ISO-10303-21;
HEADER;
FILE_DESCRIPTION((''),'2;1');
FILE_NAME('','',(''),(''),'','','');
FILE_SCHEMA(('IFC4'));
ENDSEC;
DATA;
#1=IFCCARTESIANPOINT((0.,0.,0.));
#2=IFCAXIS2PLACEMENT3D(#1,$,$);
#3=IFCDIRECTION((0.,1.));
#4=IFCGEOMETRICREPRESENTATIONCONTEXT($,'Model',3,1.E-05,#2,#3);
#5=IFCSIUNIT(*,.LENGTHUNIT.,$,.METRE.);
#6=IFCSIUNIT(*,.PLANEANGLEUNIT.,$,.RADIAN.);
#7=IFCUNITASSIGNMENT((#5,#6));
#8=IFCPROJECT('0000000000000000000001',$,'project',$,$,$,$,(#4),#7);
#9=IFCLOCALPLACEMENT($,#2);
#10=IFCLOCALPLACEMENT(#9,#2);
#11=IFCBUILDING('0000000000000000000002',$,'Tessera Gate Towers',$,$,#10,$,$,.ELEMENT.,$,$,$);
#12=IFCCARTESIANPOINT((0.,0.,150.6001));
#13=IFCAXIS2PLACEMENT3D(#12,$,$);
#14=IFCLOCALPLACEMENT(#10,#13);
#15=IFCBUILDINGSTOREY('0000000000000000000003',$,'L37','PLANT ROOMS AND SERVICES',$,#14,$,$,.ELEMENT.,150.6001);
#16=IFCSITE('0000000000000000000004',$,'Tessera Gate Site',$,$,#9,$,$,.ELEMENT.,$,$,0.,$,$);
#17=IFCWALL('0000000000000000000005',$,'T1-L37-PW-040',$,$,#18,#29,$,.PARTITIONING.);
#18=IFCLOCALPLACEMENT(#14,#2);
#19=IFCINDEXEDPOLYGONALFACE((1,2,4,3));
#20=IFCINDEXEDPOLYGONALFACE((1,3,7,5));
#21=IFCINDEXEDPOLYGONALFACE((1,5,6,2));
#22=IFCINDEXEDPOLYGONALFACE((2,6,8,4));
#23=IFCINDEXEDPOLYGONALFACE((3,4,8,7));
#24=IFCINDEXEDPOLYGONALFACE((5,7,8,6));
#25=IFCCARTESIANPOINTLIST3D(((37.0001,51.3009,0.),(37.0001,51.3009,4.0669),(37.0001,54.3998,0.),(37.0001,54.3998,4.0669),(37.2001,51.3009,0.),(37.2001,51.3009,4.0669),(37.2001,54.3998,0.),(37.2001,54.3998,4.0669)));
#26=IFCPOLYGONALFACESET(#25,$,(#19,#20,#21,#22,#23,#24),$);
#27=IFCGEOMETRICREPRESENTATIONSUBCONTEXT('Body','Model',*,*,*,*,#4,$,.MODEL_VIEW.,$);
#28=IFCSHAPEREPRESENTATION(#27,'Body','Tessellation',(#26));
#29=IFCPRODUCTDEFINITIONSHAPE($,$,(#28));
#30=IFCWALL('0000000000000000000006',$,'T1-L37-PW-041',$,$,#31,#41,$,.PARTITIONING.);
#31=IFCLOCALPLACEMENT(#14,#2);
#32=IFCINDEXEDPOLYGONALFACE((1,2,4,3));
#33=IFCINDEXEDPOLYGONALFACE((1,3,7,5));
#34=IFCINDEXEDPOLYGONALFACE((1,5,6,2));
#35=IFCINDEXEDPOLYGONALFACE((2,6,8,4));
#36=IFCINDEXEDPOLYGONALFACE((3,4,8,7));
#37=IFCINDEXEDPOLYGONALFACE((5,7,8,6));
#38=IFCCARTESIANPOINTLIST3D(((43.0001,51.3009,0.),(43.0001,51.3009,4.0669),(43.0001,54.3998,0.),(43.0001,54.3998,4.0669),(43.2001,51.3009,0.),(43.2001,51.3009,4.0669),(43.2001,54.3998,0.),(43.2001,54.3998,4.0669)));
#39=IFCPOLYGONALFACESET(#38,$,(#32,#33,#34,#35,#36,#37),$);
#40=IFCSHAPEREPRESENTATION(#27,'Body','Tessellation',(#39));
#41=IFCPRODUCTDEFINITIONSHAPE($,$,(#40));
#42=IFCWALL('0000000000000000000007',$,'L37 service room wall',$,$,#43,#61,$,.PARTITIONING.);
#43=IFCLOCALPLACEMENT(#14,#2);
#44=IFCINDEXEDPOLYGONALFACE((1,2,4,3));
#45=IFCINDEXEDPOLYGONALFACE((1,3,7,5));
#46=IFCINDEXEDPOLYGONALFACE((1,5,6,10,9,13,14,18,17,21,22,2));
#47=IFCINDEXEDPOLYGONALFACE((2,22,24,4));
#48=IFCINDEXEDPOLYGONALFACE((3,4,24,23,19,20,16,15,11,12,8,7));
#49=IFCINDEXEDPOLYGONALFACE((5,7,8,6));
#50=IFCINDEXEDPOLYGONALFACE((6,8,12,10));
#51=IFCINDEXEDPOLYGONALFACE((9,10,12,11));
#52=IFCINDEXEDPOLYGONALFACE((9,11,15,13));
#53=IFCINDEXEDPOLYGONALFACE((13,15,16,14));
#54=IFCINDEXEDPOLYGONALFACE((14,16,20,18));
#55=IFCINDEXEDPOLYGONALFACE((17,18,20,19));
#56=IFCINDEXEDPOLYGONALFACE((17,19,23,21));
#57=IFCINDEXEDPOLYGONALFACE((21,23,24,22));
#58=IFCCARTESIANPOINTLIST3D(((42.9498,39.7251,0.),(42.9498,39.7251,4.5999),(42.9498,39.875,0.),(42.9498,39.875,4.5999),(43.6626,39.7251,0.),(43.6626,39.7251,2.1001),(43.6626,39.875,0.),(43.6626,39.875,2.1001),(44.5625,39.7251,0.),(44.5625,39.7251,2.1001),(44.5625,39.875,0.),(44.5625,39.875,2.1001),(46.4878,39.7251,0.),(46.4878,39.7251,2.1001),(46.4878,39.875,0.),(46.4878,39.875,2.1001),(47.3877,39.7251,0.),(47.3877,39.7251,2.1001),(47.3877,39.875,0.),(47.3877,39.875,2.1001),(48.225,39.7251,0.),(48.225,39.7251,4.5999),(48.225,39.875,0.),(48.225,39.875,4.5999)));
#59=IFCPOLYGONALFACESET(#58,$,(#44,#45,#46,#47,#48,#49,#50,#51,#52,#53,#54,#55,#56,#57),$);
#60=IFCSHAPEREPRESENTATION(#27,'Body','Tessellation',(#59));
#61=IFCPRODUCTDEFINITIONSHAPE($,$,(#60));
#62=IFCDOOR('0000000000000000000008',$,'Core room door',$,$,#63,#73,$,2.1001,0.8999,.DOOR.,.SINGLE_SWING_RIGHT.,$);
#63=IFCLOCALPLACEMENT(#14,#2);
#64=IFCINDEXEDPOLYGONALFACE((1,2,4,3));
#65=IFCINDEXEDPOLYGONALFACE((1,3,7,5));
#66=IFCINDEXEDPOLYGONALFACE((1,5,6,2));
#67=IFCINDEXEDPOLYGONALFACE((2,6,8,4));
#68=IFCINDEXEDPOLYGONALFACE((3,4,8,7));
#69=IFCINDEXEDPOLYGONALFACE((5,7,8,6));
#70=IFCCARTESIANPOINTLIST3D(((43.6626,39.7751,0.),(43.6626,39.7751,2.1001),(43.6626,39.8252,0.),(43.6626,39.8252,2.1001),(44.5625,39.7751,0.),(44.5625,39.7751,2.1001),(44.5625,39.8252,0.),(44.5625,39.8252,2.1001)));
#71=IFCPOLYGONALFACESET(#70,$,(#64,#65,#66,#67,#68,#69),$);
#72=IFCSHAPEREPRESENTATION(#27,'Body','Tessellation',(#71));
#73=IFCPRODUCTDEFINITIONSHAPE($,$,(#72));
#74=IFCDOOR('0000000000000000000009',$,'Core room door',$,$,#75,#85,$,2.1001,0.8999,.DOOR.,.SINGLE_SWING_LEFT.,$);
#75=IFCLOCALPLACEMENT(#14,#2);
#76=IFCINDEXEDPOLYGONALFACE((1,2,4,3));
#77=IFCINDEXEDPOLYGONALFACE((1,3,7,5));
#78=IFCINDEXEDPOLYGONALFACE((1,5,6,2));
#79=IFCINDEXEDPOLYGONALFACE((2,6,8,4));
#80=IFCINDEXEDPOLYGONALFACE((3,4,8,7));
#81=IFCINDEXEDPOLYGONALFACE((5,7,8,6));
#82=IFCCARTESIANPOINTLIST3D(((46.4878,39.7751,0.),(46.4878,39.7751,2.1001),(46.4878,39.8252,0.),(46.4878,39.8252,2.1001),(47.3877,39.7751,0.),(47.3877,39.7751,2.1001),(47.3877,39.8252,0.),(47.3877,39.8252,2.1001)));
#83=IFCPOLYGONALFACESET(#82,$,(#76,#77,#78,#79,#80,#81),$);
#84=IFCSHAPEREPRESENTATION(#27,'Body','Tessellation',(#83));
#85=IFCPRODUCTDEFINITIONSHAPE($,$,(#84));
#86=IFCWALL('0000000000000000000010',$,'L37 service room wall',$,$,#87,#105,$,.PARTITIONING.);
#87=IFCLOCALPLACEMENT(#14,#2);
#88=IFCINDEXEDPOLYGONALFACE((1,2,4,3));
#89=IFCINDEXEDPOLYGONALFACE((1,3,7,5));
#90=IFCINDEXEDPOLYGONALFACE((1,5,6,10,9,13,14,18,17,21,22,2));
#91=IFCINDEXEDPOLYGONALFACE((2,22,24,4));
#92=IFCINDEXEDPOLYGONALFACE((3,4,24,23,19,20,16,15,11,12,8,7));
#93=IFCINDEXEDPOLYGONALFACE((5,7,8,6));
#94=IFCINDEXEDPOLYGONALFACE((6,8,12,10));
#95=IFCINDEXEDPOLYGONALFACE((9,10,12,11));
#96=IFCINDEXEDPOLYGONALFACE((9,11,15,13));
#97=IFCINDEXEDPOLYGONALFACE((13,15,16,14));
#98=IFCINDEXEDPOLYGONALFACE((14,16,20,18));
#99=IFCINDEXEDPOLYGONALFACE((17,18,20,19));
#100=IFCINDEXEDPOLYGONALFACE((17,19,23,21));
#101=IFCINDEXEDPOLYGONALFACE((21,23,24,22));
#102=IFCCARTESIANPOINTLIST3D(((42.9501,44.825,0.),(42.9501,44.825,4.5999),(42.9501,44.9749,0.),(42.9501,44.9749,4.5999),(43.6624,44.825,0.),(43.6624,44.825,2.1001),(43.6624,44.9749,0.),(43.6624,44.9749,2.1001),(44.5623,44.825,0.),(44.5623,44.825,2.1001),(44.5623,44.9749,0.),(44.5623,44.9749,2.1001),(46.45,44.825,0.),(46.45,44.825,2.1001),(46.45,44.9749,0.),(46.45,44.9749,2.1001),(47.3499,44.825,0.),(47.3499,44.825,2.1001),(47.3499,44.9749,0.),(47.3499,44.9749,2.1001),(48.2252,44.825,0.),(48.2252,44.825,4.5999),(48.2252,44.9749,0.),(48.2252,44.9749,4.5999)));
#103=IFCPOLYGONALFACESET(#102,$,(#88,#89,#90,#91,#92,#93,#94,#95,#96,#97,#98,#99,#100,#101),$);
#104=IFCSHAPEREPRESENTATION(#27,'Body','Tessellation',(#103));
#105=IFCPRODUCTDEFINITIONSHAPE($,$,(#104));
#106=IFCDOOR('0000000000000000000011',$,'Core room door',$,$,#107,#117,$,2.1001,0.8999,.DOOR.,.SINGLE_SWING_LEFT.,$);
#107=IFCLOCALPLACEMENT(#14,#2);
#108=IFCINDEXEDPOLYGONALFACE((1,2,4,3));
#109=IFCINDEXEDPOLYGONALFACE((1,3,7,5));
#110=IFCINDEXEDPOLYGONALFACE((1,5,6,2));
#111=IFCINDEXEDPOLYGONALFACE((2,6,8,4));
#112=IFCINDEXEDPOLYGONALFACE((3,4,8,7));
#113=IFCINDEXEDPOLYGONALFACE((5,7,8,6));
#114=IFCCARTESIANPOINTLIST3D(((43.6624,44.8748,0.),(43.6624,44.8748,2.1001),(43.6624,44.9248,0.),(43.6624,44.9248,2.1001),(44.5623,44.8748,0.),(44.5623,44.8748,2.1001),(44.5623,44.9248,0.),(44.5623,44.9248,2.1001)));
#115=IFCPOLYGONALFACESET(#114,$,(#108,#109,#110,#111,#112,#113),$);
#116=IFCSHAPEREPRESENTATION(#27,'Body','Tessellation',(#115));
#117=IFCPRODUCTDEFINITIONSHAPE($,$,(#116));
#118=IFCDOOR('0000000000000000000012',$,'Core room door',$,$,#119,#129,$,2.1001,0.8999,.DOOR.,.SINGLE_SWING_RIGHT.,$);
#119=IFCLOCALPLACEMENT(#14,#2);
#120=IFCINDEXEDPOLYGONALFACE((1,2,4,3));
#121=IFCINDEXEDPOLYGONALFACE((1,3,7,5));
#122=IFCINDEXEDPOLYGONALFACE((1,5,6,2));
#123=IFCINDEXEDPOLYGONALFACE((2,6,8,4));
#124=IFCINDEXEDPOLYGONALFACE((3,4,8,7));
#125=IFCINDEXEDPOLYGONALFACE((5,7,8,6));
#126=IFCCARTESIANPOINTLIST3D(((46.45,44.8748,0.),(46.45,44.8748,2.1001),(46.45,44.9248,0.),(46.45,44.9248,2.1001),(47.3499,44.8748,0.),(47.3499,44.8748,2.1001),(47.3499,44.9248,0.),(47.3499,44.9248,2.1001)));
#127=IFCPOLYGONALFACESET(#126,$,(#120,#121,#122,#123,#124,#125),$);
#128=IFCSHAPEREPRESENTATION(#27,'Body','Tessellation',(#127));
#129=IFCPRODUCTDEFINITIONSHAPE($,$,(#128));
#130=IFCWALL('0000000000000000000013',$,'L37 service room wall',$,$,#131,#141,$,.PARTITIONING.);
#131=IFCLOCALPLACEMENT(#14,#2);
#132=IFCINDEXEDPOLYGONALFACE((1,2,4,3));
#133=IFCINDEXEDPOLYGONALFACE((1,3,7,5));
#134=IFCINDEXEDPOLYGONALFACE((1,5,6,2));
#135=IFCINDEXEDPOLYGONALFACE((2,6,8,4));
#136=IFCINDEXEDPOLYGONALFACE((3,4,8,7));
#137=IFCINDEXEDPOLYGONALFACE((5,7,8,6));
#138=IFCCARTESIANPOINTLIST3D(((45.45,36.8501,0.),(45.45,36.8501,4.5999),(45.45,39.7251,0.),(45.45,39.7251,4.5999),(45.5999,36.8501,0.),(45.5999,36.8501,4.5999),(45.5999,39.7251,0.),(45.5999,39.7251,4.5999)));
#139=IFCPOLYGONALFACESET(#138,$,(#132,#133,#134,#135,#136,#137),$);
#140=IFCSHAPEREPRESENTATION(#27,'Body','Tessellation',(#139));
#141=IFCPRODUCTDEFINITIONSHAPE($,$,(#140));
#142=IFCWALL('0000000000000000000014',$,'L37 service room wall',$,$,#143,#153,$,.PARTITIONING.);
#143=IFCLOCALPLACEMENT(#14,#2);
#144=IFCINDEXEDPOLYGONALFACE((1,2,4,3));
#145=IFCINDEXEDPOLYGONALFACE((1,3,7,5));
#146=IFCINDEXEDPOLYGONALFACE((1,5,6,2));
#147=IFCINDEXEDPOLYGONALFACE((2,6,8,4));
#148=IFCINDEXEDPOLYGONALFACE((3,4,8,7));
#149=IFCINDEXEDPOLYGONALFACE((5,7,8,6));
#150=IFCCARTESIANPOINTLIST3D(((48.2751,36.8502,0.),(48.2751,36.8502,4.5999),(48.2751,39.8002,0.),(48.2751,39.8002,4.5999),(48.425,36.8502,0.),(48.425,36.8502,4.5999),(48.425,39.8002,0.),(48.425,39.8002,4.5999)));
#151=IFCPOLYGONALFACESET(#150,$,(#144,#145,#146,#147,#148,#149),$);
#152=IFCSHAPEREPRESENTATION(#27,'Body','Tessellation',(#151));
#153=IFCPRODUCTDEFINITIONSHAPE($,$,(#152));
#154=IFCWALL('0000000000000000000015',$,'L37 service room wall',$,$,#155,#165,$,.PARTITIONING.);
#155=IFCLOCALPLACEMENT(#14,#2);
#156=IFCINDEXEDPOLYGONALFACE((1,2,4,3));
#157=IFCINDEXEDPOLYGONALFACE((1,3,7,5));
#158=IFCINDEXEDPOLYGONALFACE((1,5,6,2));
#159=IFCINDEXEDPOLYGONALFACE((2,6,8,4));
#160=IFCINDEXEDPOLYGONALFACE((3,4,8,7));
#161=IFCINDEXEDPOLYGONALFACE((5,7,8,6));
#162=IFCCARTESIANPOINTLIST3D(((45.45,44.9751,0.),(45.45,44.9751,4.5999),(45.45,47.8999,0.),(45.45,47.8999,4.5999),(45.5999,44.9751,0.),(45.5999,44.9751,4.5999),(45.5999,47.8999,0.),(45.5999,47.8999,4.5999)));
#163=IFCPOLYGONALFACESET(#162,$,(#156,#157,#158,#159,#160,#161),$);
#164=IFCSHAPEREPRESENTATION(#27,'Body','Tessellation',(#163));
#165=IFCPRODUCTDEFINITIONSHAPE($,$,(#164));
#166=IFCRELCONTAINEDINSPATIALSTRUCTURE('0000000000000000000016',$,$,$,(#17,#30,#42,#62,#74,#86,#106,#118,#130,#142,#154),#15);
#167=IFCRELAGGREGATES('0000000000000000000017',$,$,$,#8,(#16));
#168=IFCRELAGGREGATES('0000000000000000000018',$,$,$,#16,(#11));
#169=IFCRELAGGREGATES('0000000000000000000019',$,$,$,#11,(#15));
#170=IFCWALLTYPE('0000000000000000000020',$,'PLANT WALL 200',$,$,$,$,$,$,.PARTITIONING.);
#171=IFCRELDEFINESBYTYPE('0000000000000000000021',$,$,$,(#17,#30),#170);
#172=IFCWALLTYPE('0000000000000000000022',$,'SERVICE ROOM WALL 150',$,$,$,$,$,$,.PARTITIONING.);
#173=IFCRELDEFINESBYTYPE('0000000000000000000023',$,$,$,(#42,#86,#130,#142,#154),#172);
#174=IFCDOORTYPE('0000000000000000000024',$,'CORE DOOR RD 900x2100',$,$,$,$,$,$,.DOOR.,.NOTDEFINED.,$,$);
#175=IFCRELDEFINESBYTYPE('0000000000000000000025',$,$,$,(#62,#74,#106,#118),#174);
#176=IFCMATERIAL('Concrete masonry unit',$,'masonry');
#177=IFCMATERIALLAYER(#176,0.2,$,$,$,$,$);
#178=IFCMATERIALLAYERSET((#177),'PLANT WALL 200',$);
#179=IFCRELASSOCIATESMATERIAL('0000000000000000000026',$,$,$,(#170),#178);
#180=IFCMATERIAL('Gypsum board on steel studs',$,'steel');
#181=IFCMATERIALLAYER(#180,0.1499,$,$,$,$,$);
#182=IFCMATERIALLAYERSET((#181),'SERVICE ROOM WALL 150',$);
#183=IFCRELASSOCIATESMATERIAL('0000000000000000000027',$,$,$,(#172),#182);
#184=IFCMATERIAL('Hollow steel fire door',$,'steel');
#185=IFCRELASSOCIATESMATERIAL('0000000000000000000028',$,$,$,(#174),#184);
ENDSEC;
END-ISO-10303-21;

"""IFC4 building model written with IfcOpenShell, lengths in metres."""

from ifc_helpers import new_model, si_unit, direction, frame, frame_2d, origin, place, context, subcontext, project, spatial, rectangle, extrude, source, transform, mapped, material, layer, layer_set, type_object, element, fill, save


model = new_model("IFC4")

# Units and contexts
model_context = context("Model", 3, precision=1e-05, world=origin(), true_north=direction((0.0, 1.0)))
body_context = subcontext(model_context, "Body", "Model", "MODEL_VIEW")
ifc_project = project(units=[si_unit("LENGTHUNIT", "METRE"), si_unit("PLANEANGLEUNIT", "RADIAN")], contexts=[model_context])

# Site, building, storey
site_placement = place(None, origin())
site = spatial("IfcSite", under=ifc_project, at=site_placement, Name="Tessera Gate Site", CompositionType="ELEMENT", RefElevation=0.0)
building_placement = place(site_placement, origin())
building = spatial("IfcBuilding", under=site, at=building_placement, Name="Tessera Gate Towers", CompositionType="ELEMENT")
storey_placement = place(building_placement, frame((0.0, 0.0, 150.6001)))
storey = spatial("IfcBuildingStorey", under=building, at=storey_placement, Name="L37", Description="PLANT ROOMS AND SERVICES", CompositionType="ELEMENT", Elevation=150.6001)

# Walls
ifc_material_1 = material(Name="Concrete masonry unit", Category="masonry")
ifc_layer_1 = layer(ifc_material_1, 0.2)
ifc_layer_set_1 = layer_set([ifc_layer_1], Name="PLANT WALL 200")
wall_type_1 = type_object("IfcWallType", Name="PLANT WALL 200", PredefinedType="PARTITIONING", material=ifc_layer_set_1)
for number, where, z_axis, x_axis, name in (
    (1, (37.1001, 51.301, 0.0), (0.0, 0.0, 1.0), (0.0, 1.0, 0.0), "T1-L37-PW-040"),
    (2, (43.1001, 51.301, 0.0), (0.0, 0.0, 1.0), (0.0, 1.0, 0.0), "T1-L37-PW-041"),
):
    element("IfcWall", number, at=place(storey_placement, frame(where, z_axis=z_axis, x_axis=x_axis)), inside=storey, type_object=wall_type_1, Name=name, PredefinedType="PARTITIONING", context=body_context, shape_type="SweptSolid", body=[
        extrude(rectangle(XDim=3.0989, YDim=0.2, at=frame_2d((1.5493, 0.0))), origin(), (0.0, 0.0, 1.0), 4.0669),
    ])

# Walls, openings, doors
ifc_material_2 = material(Name="Gypsum board on steel studs", Category="steel")
ifc_layer_2 = layer(ifc_material_2, 0.1499)
ifc_layer_set_2 = layer_set([ifc_layer_2], Name="SERVICE ROOM WALL 150")
wall_type_2 = type_object("IfcWallType", Name="SERVICE ROOM WALL 150", PredefinedType="PARTITIONING", material=ifc_layer_set_2)
wall_1_placement = place(storey_placement, frame((48.2251, 39.8, 0.0), z_axis=(0.0, 0.0, 1.0), x_axis=(-1.0, 0.0, 0.0)))
wall_1 = element("IfcWall", 3, at=wall_1_placement, inside=storey, type_object=wall_type_2, Name="L37 service room wall", PredefinedType="PARTITIONING", context=body_context, shape_type="SweptSolid", body=[
    extrude(rectangle(XDim=5.2751, YDim=0.1499, at=frame_2d((2.6377, 0.0))), origin(), (0.0, 0.0, 1.0), 4.5999),
])
shared_shape_1 = source(origin(), body_context, "Body", "SweptSolid", [
    extrude(rectangle(XDim=0.8999, YDim=2.1001, at=frame_2d((0.45, 1.05))), frame((0.0, 0.085, 0.0), z_axis=(0.0, -1.0, 0.0), x_axis=(1.0, 0.0, 0.0)), (0.0, 0.0, 1.0), 0.1699),
])
opening_1_placement = place(wall_1_placement, frame((3.6626, 0.0, 0.0)))
opening_1 = element("IfcOpeningElement", 4, at=opening_1_placement, cuts=wall_1, PredefinedType="OPENING", context=body_context, shape_type="MappedRepresentation", body=[
    mapped(shared_shape_1, transform((0.0, 0.0, 0.0), scale=1.0)),
])
opening_2_placement = place(wall_1_placement, frame((0.8374, 0.0, 0.0)))
opening_2 = element("IfcOpeningElement", 5, at=opening_2_placement, cuts=wall_1, PredefinedType="OPENING", context=body_context, shape_type="MappedRepresentation", body=[
    mapped(shared_shape_1, transform((0.0, 0.0, 0.0), scale=1.0)),
])
ifc_material_3 = material(Name="Hollow steel fire door", Category="steel")
door_type_1 = type_object("IfcDoorType", Name="CORE DOOR RD 900x2100", OperationType="NOTDEFINED", PredefinedType="DOOR", material=ifc_material_3)
shared_shape_2 = source(origin(), body_context, "Body", "SweptSolid", [
    extrude(rectangle(XDim=0.8999, YDim=2.1001, at=frame_2d((0.45, 1.05))), frame((0.0, 0.0249, 0.0), z_axis=(0.0, -1.0, 0.0), x_axis=(1.0, 0.0, 0.0)), (0.0, 0.0, 1.0), 0.05),
])
door_1_placement = place(opening_1_placement, origin())
door_1 = element("IfcDoor", 6, at=door_1_placement, inside=storey, type_object=door_type_1, Name="Core room door", OperationType="SINGLE_SWING_RIGHT", OverallHeight=2.1001, OverallWidth=0.8999, PredefinedType="DOOR", context=body_context, shape_type="MappedRepresentation", body=[
    mapped(shared_shape_2, transform((0.0, 0.0, 0.0), scale=1.0)),
])
fill(opening_1, door_1)
door_2_placement = place(opening_2_placement, origin())
door_2 = element("IfcDoor", 7, at=door_2_placement, inside=storey, type_object=door_type_1, Name="Core room door", OperationType="SINGLE_SWING_LEFT", OverallHeight=2.1001, OverallWidth=0.8999, PredefinedType="DOOR", context=body_context, shape_type="MappedRepresentation", body=[
    mapped(shared_shape_2, transform((0.0, 0.0, 0.0), scale=1.0)),
])
fill(opening_2, door_2)
wall_2_placement = place(storey_placement, frame((42.95, 44.8999, 0.0), z_axis=(0.0, 0.0, 1.0), x_axis=(1.0, 0.0, 0.0)))
wall_2 = element("IfcWall", 8, at=wall_2_placement, inside=storey, type_object=wall_type_2, Name="L37 service room wall", PredefinedType="PARTITIONING", context=body_context, shape_type="SweptSolid", body=[
    extrude(rectangle(XDim=5.2751, YDim=0.1499, at=frame_2d((2.6377, 0.0))), origin(), (0.0, 0.0, 1.0), 4.5999),
])
opening_3_placement = place(wall_2_placement, frame((0.7124, 0.0, 0.0)))
opening_3 = element("IfcOpeningElement", 9, at=opening_3_placement, cuts=wall_2, PredefinedType="OPENING", context=body_context, shape_type="MappedRepresentation", body=[
    mapped(shared_shape_1, transform((0.0, 0.0, 0.0), scale=1.0)),
])
opening_4_placement = place(wall_2_placement, frame((3.5, 0.0, 0.0)))
opening_4 = element("IfcOpeningElement", 10, at=opening_4_placement, cuts=wall_2, PredefinedType="OPENING", context=body_context, shape_type="MappedRepresentation", body=[
    mapped(shared_shape_1, transform((0.0, 0.0, 0.0), scale=1.0)),
])
door_3_placement = place(opening_3_placement, origin())
door_3 = element("IfcDoor", 11, at=door_3_placement, inside=storey, type_object=door_type_1, Name="Core room door", OperationType="SINGLE_SWING_LEFT", OverallHeight=2.1001, OverallWidth=0.8999, PredefinedType="DOOR", context=body_context, shape_type="MappedRepresentation", body=[
    mapped(shared_shape_2, transform((0.0, 0.0, 0.0), scale=1.0)),
])
fill(opening_3, door_3)
door_4_placement = place(opening_4_placement, origin())
door_4 = element("IfcDoor", 12, at=door_4_placement, inside=storey, type_object=door_type_1, Name="Core room door", OperationType="SINGLE_SWING_RIGHT", OverallHeight=2.1001, OverallWidth=0.8999, PredefinedType="DOOR", context=body_context, shape_type="MappedRepresentation", body=[
    mapped(shared_shape_2, transform((0.0, 0.0, 0.0), scale=1.0)),
])
fill(opening_4, door_4)

# Walls
wall_3_placement = place(storey_placement, frame((45.5249, 36.8501, 0.0), z_axis=(0.0, 0.0, 1.0), x_axis=(0.0, 1.0, 0.0)))
element("IfcWall", 13, at=wall_3_placement, inside=storey, type_object=wall_type_2, Name="L37 service room wall", PredefinedType="PARTITIONING", context=body_context, shape_type="SweptSolid", body=[
    extrude(rectangle(XDim=2.875, YDim=0.1499, at=frame_2d((1.4375, 0.0))), origin(), (0.0, 0.0, 1.0), 4.5999),
])
wall_4_placement = place(storey_placement, frame((48.3501, 36.8501, 0.0), z_axis=(0.0, 0.0, 1.0), x_axis=(0.0, 1.0, 0.0)))
element("IfcWall", 14, at=wall_4_placement, inside=storey, type_object=wall_type_2, Name="L37 service room wall", PredefinedType="PARTITIONING", context=body_context, shape_type="SweptSolid", body=[
    extrude(rectangle(XDim=2.95, YDim=0.1499, at=frame_2d((1.4751, 0.0))), origin(), (0.0, 0.0, 1.0), 4.5999),
])
wall_5_placement = place(storey_placement, frame((45.5249, 44.9751, 0.0), z_axis=(0.0, 0.0, 1.0), x_axis=(0.0, 1.0, 0.0)))
element("IfcWall", 15, at=wall_5_placement, inside=storey, type_object=wall_type_2, Name="L37 service room wall", PredefinedType="PARTITIONING", context=body_context, shape_type="SweptSolid", body=[
    extrude(rectangle(XDim=2.9248, YDim=0.1499, at=frame_2d((1.4624, 0.0))), origin(), (0.0, 0.0, 1.0), 4.5999),
])

save(model, "model.ifc")
